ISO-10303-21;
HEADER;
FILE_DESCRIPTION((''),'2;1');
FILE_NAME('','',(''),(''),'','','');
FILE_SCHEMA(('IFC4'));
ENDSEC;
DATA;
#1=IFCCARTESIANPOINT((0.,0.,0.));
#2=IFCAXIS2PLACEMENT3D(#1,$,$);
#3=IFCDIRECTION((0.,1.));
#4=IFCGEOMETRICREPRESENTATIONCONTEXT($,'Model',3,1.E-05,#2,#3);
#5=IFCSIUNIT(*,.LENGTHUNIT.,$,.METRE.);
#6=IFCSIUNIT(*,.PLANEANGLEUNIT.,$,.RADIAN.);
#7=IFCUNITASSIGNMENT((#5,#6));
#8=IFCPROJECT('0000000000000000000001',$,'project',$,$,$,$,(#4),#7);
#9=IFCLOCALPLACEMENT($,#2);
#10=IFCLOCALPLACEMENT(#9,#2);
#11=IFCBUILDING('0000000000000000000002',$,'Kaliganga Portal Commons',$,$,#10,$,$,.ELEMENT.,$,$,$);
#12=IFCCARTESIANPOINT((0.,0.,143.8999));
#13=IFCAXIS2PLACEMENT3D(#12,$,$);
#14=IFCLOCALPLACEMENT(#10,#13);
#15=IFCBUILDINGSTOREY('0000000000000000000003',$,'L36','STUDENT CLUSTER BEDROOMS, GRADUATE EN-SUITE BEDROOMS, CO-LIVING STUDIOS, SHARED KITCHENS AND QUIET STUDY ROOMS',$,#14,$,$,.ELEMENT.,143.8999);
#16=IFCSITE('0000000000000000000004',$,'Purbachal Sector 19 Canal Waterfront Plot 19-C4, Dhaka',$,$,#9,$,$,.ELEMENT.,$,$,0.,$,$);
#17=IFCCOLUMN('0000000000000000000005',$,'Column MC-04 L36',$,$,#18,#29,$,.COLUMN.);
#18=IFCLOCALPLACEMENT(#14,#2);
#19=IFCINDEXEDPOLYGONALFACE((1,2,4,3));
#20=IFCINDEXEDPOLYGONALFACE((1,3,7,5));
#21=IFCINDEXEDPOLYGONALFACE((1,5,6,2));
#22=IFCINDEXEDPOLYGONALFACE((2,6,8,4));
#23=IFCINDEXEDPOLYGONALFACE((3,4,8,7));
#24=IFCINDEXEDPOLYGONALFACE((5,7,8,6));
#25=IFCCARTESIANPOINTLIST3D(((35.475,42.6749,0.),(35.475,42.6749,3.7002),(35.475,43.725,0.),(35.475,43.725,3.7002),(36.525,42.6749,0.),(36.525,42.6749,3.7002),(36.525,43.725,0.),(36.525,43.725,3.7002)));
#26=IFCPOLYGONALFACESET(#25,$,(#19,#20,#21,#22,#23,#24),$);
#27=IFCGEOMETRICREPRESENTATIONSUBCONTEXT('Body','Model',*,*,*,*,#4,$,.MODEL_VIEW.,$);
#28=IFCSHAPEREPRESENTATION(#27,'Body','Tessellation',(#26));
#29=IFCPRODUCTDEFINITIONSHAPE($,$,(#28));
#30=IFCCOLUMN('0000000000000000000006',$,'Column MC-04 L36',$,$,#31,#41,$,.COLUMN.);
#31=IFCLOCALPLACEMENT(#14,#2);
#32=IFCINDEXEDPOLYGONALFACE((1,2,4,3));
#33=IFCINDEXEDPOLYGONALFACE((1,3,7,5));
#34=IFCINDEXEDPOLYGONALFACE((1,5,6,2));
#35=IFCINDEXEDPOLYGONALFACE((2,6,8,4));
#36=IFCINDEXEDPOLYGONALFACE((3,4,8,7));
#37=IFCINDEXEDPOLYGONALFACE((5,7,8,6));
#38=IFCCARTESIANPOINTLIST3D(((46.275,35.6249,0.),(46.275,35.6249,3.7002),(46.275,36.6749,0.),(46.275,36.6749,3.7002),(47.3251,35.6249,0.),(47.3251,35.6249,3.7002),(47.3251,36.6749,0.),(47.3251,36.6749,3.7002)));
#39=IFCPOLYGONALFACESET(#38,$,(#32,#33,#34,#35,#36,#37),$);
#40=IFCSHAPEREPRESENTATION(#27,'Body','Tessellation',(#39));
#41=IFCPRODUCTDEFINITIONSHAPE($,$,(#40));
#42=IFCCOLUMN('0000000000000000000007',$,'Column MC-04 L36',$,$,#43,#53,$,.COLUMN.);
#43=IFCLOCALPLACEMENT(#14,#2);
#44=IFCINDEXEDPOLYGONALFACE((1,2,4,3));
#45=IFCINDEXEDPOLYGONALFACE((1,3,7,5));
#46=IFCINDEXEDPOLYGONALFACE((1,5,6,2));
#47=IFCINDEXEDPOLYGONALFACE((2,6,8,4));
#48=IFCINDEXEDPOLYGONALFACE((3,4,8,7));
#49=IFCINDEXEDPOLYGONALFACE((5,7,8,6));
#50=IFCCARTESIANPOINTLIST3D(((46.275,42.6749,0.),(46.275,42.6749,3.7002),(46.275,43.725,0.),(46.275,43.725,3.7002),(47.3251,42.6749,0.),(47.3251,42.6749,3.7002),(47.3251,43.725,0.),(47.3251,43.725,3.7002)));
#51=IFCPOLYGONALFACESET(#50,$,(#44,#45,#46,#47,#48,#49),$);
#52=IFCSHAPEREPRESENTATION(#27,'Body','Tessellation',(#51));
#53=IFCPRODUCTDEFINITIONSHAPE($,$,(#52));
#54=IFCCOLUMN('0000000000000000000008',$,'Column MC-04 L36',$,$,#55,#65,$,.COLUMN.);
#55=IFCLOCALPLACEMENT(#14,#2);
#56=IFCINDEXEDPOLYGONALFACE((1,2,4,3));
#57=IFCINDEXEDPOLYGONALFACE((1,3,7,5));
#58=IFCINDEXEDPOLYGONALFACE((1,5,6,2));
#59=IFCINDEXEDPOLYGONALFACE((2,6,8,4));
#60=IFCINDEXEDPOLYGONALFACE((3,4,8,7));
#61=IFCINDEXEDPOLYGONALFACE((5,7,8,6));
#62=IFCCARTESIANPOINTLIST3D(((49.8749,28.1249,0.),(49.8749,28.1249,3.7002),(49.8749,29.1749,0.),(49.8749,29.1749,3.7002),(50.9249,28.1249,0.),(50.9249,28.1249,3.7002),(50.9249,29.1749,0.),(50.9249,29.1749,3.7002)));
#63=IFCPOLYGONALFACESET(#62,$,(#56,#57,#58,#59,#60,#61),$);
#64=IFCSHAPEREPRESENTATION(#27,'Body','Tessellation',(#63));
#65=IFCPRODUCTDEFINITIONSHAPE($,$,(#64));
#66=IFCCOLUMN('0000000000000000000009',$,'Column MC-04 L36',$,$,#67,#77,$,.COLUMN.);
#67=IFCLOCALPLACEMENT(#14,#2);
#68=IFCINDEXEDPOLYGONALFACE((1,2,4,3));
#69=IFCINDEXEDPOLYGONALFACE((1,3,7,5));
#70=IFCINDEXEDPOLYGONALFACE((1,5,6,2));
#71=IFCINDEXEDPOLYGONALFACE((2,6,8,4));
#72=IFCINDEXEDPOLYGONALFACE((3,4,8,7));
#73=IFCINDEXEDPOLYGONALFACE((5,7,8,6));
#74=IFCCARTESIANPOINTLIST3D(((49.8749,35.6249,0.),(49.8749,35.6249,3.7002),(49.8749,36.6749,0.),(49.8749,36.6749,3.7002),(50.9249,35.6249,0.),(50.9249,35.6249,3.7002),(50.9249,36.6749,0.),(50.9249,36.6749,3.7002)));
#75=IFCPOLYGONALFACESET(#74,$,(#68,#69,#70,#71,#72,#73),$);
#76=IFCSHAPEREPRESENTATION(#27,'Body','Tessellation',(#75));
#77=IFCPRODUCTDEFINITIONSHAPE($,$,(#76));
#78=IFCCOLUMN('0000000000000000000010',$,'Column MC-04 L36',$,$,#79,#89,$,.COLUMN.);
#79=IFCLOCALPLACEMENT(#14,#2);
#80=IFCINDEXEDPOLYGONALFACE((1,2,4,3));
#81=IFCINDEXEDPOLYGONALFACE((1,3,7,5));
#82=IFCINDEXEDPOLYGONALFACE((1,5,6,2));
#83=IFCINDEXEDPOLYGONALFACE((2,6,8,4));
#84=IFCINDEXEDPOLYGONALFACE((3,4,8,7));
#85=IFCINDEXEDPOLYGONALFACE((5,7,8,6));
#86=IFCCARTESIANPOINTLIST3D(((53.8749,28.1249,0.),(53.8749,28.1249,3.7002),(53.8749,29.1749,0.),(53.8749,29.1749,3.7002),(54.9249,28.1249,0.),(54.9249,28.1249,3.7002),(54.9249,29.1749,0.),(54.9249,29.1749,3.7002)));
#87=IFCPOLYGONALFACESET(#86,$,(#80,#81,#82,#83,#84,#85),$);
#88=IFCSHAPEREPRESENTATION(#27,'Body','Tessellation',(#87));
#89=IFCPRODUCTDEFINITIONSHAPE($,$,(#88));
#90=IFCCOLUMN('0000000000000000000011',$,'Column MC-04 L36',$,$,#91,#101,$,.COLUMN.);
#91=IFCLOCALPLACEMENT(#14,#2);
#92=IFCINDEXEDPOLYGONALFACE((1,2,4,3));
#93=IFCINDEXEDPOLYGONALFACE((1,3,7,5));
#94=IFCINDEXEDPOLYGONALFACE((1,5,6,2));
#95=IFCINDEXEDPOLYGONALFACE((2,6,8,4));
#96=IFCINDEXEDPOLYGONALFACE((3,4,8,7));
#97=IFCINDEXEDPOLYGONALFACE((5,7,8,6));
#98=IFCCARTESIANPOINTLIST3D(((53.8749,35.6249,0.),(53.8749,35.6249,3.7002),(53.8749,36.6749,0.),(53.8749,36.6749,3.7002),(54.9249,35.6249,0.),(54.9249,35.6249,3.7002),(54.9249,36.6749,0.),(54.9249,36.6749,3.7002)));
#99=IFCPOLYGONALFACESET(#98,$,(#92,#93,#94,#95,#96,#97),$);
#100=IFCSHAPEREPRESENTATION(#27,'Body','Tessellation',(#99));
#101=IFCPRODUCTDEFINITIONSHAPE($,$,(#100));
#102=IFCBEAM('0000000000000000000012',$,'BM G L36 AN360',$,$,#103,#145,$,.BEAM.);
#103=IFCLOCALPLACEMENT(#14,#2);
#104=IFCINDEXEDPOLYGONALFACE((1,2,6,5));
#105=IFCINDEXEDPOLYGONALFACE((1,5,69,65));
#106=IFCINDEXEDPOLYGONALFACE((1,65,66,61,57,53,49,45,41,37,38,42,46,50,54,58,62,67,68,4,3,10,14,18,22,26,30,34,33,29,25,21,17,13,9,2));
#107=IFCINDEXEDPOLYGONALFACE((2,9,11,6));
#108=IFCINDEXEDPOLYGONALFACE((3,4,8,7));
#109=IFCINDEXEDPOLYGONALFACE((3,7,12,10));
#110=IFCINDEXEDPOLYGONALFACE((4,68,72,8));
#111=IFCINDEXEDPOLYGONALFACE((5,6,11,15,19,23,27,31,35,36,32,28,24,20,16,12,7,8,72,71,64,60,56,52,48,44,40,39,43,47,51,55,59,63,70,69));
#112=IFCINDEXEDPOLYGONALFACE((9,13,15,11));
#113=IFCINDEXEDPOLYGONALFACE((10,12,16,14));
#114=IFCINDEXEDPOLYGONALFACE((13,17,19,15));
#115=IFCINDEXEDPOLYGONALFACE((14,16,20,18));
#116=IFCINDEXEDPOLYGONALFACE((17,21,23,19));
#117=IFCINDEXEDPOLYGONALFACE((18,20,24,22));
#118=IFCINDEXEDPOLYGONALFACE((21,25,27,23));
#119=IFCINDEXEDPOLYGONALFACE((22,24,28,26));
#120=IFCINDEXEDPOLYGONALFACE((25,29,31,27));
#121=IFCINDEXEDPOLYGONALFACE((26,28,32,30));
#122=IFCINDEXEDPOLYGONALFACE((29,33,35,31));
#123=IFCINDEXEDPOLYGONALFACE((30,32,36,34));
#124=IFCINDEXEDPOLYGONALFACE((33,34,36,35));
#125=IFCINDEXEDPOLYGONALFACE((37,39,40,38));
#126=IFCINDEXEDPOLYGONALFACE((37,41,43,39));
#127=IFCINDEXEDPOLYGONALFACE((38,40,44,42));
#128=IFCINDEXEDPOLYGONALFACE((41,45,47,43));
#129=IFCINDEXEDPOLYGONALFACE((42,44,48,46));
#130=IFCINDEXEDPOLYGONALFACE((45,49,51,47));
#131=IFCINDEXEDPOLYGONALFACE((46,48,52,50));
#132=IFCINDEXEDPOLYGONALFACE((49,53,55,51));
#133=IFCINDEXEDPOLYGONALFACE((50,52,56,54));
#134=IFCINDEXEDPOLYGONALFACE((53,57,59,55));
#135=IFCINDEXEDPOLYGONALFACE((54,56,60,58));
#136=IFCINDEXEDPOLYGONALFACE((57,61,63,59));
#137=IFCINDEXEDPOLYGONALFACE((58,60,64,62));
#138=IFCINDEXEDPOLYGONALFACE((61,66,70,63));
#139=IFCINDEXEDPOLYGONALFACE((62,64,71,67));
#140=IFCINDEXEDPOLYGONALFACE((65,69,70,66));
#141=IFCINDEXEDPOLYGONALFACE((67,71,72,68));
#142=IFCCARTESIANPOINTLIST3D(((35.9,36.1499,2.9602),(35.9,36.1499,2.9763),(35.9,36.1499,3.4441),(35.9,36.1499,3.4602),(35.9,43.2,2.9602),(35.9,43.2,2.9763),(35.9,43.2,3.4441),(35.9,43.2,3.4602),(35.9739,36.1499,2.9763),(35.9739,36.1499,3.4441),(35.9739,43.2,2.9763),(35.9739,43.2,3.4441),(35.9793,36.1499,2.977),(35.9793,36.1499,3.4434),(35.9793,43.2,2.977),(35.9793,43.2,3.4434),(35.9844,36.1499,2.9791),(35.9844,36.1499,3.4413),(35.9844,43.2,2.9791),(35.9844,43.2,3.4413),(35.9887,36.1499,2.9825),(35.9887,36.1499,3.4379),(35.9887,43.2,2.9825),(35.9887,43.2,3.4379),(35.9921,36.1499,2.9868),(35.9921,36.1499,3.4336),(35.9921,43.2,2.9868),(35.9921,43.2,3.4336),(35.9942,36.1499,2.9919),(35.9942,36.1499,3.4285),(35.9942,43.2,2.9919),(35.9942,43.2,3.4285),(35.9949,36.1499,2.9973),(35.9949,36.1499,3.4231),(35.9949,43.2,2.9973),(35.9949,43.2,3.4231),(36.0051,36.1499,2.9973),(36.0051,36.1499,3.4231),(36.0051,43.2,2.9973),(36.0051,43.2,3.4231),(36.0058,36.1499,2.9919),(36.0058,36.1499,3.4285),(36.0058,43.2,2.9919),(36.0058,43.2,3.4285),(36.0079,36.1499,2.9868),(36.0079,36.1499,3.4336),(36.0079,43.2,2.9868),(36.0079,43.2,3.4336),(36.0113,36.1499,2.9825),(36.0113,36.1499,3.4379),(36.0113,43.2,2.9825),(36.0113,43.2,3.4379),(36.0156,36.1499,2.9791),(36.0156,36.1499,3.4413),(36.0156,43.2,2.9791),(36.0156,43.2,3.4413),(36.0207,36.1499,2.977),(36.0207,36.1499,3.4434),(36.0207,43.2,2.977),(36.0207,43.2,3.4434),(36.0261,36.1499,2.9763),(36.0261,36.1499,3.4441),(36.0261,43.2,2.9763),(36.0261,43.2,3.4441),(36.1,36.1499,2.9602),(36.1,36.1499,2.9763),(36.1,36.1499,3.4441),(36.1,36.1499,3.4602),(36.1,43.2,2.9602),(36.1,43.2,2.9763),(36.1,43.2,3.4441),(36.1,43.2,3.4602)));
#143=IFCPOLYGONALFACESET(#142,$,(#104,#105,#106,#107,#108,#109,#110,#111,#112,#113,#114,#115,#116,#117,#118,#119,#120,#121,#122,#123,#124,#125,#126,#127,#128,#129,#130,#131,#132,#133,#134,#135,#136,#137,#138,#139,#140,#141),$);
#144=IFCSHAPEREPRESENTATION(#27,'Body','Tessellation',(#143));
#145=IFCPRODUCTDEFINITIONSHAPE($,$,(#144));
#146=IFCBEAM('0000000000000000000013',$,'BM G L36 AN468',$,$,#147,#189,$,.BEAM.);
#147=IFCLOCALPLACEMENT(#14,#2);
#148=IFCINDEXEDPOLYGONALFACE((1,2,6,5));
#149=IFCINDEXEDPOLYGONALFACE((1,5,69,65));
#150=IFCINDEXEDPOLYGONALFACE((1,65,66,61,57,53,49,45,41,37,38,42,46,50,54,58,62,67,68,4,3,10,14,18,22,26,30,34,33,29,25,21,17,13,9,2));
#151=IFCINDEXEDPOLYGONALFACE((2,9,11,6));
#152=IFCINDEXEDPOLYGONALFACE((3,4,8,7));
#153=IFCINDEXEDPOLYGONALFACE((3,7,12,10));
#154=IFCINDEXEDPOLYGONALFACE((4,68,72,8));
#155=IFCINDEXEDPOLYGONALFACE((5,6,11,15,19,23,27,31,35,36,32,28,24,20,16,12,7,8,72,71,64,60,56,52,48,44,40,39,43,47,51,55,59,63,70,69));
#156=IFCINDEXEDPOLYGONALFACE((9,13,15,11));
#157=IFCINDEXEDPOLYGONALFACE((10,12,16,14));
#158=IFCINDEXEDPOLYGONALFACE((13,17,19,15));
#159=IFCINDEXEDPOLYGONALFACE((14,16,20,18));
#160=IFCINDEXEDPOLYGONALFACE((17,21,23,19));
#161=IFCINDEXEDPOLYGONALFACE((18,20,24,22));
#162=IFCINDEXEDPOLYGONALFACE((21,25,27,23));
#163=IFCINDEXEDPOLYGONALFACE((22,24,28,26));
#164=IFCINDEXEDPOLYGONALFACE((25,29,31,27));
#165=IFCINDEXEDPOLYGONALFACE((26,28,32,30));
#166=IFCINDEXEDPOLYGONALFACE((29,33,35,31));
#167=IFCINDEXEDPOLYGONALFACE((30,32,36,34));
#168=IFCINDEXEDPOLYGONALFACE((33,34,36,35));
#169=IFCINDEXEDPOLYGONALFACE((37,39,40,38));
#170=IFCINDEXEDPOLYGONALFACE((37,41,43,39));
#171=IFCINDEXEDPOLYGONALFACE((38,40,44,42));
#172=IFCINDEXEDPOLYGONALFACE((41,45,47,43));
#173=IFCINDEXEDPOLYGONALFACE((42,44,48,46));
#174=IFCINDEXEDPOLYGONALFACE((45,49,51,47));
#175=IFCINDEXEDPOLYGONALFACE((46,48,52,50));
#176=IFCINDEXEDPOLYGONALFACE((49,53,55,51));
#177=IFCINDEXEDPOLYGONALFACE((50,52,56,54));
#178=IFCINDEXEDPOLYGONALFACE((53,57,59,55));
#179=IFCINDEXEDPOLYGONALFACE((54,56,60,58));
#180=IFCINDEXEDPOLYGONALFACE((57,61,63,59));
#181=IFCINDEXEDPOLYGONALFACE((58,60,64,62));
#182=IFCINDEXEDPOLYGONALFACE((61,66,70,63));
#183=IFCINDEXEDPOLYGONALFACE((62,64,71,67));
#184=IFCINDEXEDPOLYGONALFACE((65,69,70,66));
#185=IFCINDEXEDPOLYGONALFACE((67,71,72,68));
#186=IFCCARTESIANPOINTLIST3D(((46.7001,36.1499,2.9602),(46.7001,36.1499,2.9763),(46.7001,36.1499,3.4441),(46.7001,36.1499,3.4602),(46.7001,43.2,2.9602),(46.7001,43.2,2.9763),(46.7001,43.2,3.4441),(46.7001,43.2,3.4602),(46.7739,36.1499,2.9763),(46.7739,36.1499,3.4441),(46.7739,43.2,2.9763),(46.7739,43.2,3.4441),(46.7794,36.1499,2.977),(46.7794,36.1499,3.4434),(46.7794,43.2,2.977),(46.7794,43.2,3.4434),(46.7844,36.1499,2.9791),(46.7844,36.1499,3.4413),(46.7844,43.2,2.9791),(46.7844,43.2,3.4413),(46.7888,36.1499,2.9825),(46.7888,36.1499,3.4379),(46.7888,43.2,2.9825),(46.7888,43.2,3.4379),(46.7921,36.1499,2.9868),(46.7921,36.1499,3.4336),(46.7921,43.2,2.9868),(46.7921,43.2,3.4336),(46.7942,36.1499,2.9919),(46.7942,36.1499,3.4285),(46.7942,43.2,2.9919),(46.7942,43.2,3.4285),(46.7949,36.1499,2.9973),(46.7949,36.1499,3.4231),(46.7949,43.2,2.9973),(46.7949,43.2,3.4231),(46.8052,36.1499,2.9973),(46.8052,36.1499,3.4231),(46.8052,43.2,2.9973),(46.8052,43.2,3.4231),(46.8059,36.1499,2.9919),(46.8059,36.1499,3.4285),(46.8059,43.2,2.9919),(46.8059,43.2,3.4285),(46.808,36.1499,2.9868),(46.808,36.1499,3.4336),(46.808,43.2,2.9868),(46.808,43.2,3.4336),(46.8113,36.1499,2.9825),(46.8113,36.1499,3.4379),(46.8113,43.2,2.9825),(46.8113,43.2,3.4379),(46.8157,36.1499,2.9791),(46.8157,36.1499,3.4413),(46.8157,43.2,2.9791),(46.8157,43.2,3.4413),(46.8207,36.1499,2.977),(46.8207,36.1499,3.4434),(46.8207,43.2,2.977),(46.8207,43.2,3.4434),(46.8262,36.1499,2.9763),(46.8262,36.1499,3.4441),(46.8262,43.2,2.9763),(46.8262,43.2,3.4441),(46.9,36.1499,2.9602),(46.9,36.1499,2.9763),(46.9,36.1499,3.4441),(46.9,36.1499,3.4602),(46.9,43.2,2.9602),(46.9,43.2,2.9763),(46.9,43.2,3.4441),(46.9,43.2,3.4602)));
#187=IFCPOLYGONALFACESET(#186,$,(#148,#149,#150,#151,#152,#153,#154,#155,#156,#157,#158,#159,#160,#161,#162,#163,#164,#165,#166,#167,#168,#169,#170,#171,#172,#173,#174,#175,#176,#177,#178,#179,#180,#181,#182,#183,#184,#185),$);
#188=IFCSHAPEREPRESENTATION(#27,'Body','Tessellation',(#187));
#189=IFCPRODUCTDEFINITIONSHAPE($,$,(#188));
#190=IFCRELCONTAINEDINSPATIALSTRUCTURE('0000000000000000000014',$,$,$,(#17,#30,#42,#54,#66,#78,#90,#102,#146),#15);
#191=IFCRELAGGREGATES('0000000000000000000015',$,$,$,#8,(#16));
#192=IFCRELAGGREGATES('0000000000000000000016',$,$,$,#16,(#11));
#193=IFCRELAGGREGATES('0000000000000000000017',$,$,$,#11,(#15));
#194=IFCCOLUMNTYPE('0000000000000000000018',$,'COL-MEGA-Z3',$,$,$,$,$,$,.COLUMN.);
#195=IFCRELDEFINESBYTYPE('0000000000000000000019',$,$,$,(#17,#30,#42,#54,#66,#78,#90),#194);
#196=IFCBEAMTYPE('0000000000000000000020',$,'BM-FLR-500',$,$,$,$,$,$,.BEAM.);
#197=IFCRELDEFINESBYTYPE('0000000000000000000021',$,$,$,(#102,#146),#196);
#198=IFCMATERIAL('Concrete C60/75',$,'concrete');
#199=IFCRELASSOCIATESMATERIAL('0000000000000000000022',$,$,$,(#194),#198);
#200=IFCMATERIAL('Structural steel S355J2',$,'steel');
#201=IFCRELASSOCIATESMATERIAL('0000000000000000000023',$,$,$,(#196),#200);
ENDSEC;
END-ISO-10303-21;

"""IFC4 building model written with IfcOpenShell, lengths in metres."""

from ifc_helpers import new_model, si_unit, direction, frame, origin, origin_2d, place, context, subcontext, project, spatial, rectangle, i_section, extrude, source, transform, mapped, material, material_profile, profile_set, type_object, element, save


model = new_model("IFC4")

# Units and contexts
model_context = context("Model", 3, precision=1e-05, world=origin(), true_north=direction((0.0, 1.0)))
body_context = subcontext(model_context, "Body", "Model", "MODEL_VIEW")
ifc_project = project(units=[si_unit("LENGTHUNIT", "METRE"), si_unit("PLANEANGLEUNIT", "RADIAN")], contexts=[model_context])

# Site, building, storey
site_placement = place(None, origin())
site = spatial("IfcSite", under=ifc_project, at=site_placement, Name="Purbachal Sector 19 Canal Waterfront Plot 19-C4, Dhaka", CompositionType="ELEMENT", RefElevation=0.0)
building_placement = place(site_placement, origin())
building = spatial("IfcBuilding", under=site, at=building_placement, Name="Kaliganga Portal Commons", CompositionType="ELEMENT")
storey_placement = place(building_placement, frame((0.0, 0.0, 143.8999)))
storey = spatial("IfcBuildingStorey", under=building, at=storey_placement, Name="L36", Description="STUDENT CLUSTER BEDROOMS, GRADUATE EN-SUITE BEDROOMS, CO-LIVING STUDIOS, SHARED KITCHENS AND QUIET STUDY ROOMS", CompositionType="ELEMENT", Elevation=143.8999)

# Columns
ifc_material_1 = material(Name="Concrete C60/75", Category="concrete")
ifc_material_profile_1 = material_profile(ifc_material_1, rectangle(XDim=1.05, YDim=1.05, at=origin_2d()), Name="RC 1050x1050")
ifc_profile_set_1 = profile_set([ifc_material_profile_1], Name="Concrete C60/75")
column_type = type_object("IfcColumnType", Name="COL-MEGA-Z3", PredefinedType="COLUMN", material=ifc_profile_set_1)
shared_shape_1 = source(origin(), body_context, "Body", "SweptSolid", [
    extrude(rectangle(XDim=1.05, YDim=1.05, at=origin_2d()), origin(), (0.0, 0.0, 1.0), 3.7002),
])
for number, where, z_axis, x_axis, name in (
    (1, (36.0, 43.2, 0.0), (0.0, 0.0, 1.0), (1.0, 0.0, 0.0), "Column MC-04 L36"),
    (2, (46.8, 36.1499, 0.0), (0.0, 0.0, 1.0), (1.0, 0.0, 0.0), "Column MC-04 L36"),
    (3, (46.8, 43.2, 0.0), (0.0, 0.0, 1.0), (1.0, 0.0, 0.0), "Column MC-04 L36"),
    (4, (50.3999, 28.6499, 0.0), (0.0, 0.0, 1.0), (1.0, 0.0, 0.0), "Column MC-04 L36"),
    (5, (50.3999, 36.1499, 0.0), (0.0, 0.0, 1.0), (1.0, 0.0, 0.0), "Column MC-04 L36"),
    (6, (54.3999, 28.6499, 0.0), (0.0, 0.0, 1.0), (1.0, 0.0, 0.0), "Column MC-04 L36"),
    (7, (54.3999, 36.1499, 0.0), (0.0, 0.0, 1.0), (1.0, 0.0, 0.0), "Column MC-04 L36"),
):
    element("IfcColumn", number, at=place(storey_placement, frame(where, z_axis=z_axis, x_axis=x_axis)), inside=storey, type_object=column_type, Name=name, PredefinedType="COLUMN", context=body_context, shape_type="MappedRepresentation", body=[
        mapped(shared_shape_1, transform((0.0, 0.0, 0.0), x_axis=(1.0, 0.0, 0.0), y_axis=(0.0, 1.0, 0.0), z_axis=(0.0, 0.0, 1.0), scale=1.0)),
    ])

# Beams
ifc_material_2 = material(Name="Structural steel S355J2", Category="steel")
ifc_material_profile_2 = material_profile(ifc_material_2, i_section(OverallWidth=0.2, OverallDepth=0.5, WebThickness=0.0103, FlangeThickness=0.0161, FilletRadius=0.021, at=origin_2d()), Name="IPE 500")
ifc_profile_set_2 = profile_set([ifc_material_profile_2], Name="Structural steel S355J2 wide-flange")
beam_type_1 = type_object("IfcBeamType", Name="BM-FLR-500", PredefinedType="BEAM", material=ifc_profile_set_2)
shared_shape_2 = source(origin(), body_context, "Body", "SweptSolid", [
    extrude(i_section(OverallWidth=0.2, OverallDepth=0.5, WebThickness=0.0103, FlangeThickness=0.0161, FilletRadius=0.021, at=origin_2d()), origin(), (0.0, 0.0, 1.0), 7.05),
])
for number, where, z_axis, x_axis, name in (
    (8, (36.0, 36.1499, 3.2102), (0.0, 1.0, 0.0), (-1.0, 0.0, 0.0), "BM G L36 AN360"),
    (9, (46.8, 36.1499, 3.2102), (0.0, 1.0, 0.0), (-1.0, 0.0, 0.0), "BM G L36 AN468"),
):
    element("IfcBeam", number, at=place(storey_placement, frame(where, z_axis=z_axis, x_axis=x_axis)), inside=storey, type_object=beam_type_1, Name=name, PredefinedType="BEAM", context=body_context, shape_type="MappedRepresentation", body=[
        mapped(shared_shape_2, transform((0.0, 0.0, 0.0), x_axis=(1.0, 0.0, 0.0), y_axis=(0.0, 1.0, 0.0), z_axis=(0.0, 0.0, 1.0), scale=1.0)),
    ])

save(model, "model.ifc")
